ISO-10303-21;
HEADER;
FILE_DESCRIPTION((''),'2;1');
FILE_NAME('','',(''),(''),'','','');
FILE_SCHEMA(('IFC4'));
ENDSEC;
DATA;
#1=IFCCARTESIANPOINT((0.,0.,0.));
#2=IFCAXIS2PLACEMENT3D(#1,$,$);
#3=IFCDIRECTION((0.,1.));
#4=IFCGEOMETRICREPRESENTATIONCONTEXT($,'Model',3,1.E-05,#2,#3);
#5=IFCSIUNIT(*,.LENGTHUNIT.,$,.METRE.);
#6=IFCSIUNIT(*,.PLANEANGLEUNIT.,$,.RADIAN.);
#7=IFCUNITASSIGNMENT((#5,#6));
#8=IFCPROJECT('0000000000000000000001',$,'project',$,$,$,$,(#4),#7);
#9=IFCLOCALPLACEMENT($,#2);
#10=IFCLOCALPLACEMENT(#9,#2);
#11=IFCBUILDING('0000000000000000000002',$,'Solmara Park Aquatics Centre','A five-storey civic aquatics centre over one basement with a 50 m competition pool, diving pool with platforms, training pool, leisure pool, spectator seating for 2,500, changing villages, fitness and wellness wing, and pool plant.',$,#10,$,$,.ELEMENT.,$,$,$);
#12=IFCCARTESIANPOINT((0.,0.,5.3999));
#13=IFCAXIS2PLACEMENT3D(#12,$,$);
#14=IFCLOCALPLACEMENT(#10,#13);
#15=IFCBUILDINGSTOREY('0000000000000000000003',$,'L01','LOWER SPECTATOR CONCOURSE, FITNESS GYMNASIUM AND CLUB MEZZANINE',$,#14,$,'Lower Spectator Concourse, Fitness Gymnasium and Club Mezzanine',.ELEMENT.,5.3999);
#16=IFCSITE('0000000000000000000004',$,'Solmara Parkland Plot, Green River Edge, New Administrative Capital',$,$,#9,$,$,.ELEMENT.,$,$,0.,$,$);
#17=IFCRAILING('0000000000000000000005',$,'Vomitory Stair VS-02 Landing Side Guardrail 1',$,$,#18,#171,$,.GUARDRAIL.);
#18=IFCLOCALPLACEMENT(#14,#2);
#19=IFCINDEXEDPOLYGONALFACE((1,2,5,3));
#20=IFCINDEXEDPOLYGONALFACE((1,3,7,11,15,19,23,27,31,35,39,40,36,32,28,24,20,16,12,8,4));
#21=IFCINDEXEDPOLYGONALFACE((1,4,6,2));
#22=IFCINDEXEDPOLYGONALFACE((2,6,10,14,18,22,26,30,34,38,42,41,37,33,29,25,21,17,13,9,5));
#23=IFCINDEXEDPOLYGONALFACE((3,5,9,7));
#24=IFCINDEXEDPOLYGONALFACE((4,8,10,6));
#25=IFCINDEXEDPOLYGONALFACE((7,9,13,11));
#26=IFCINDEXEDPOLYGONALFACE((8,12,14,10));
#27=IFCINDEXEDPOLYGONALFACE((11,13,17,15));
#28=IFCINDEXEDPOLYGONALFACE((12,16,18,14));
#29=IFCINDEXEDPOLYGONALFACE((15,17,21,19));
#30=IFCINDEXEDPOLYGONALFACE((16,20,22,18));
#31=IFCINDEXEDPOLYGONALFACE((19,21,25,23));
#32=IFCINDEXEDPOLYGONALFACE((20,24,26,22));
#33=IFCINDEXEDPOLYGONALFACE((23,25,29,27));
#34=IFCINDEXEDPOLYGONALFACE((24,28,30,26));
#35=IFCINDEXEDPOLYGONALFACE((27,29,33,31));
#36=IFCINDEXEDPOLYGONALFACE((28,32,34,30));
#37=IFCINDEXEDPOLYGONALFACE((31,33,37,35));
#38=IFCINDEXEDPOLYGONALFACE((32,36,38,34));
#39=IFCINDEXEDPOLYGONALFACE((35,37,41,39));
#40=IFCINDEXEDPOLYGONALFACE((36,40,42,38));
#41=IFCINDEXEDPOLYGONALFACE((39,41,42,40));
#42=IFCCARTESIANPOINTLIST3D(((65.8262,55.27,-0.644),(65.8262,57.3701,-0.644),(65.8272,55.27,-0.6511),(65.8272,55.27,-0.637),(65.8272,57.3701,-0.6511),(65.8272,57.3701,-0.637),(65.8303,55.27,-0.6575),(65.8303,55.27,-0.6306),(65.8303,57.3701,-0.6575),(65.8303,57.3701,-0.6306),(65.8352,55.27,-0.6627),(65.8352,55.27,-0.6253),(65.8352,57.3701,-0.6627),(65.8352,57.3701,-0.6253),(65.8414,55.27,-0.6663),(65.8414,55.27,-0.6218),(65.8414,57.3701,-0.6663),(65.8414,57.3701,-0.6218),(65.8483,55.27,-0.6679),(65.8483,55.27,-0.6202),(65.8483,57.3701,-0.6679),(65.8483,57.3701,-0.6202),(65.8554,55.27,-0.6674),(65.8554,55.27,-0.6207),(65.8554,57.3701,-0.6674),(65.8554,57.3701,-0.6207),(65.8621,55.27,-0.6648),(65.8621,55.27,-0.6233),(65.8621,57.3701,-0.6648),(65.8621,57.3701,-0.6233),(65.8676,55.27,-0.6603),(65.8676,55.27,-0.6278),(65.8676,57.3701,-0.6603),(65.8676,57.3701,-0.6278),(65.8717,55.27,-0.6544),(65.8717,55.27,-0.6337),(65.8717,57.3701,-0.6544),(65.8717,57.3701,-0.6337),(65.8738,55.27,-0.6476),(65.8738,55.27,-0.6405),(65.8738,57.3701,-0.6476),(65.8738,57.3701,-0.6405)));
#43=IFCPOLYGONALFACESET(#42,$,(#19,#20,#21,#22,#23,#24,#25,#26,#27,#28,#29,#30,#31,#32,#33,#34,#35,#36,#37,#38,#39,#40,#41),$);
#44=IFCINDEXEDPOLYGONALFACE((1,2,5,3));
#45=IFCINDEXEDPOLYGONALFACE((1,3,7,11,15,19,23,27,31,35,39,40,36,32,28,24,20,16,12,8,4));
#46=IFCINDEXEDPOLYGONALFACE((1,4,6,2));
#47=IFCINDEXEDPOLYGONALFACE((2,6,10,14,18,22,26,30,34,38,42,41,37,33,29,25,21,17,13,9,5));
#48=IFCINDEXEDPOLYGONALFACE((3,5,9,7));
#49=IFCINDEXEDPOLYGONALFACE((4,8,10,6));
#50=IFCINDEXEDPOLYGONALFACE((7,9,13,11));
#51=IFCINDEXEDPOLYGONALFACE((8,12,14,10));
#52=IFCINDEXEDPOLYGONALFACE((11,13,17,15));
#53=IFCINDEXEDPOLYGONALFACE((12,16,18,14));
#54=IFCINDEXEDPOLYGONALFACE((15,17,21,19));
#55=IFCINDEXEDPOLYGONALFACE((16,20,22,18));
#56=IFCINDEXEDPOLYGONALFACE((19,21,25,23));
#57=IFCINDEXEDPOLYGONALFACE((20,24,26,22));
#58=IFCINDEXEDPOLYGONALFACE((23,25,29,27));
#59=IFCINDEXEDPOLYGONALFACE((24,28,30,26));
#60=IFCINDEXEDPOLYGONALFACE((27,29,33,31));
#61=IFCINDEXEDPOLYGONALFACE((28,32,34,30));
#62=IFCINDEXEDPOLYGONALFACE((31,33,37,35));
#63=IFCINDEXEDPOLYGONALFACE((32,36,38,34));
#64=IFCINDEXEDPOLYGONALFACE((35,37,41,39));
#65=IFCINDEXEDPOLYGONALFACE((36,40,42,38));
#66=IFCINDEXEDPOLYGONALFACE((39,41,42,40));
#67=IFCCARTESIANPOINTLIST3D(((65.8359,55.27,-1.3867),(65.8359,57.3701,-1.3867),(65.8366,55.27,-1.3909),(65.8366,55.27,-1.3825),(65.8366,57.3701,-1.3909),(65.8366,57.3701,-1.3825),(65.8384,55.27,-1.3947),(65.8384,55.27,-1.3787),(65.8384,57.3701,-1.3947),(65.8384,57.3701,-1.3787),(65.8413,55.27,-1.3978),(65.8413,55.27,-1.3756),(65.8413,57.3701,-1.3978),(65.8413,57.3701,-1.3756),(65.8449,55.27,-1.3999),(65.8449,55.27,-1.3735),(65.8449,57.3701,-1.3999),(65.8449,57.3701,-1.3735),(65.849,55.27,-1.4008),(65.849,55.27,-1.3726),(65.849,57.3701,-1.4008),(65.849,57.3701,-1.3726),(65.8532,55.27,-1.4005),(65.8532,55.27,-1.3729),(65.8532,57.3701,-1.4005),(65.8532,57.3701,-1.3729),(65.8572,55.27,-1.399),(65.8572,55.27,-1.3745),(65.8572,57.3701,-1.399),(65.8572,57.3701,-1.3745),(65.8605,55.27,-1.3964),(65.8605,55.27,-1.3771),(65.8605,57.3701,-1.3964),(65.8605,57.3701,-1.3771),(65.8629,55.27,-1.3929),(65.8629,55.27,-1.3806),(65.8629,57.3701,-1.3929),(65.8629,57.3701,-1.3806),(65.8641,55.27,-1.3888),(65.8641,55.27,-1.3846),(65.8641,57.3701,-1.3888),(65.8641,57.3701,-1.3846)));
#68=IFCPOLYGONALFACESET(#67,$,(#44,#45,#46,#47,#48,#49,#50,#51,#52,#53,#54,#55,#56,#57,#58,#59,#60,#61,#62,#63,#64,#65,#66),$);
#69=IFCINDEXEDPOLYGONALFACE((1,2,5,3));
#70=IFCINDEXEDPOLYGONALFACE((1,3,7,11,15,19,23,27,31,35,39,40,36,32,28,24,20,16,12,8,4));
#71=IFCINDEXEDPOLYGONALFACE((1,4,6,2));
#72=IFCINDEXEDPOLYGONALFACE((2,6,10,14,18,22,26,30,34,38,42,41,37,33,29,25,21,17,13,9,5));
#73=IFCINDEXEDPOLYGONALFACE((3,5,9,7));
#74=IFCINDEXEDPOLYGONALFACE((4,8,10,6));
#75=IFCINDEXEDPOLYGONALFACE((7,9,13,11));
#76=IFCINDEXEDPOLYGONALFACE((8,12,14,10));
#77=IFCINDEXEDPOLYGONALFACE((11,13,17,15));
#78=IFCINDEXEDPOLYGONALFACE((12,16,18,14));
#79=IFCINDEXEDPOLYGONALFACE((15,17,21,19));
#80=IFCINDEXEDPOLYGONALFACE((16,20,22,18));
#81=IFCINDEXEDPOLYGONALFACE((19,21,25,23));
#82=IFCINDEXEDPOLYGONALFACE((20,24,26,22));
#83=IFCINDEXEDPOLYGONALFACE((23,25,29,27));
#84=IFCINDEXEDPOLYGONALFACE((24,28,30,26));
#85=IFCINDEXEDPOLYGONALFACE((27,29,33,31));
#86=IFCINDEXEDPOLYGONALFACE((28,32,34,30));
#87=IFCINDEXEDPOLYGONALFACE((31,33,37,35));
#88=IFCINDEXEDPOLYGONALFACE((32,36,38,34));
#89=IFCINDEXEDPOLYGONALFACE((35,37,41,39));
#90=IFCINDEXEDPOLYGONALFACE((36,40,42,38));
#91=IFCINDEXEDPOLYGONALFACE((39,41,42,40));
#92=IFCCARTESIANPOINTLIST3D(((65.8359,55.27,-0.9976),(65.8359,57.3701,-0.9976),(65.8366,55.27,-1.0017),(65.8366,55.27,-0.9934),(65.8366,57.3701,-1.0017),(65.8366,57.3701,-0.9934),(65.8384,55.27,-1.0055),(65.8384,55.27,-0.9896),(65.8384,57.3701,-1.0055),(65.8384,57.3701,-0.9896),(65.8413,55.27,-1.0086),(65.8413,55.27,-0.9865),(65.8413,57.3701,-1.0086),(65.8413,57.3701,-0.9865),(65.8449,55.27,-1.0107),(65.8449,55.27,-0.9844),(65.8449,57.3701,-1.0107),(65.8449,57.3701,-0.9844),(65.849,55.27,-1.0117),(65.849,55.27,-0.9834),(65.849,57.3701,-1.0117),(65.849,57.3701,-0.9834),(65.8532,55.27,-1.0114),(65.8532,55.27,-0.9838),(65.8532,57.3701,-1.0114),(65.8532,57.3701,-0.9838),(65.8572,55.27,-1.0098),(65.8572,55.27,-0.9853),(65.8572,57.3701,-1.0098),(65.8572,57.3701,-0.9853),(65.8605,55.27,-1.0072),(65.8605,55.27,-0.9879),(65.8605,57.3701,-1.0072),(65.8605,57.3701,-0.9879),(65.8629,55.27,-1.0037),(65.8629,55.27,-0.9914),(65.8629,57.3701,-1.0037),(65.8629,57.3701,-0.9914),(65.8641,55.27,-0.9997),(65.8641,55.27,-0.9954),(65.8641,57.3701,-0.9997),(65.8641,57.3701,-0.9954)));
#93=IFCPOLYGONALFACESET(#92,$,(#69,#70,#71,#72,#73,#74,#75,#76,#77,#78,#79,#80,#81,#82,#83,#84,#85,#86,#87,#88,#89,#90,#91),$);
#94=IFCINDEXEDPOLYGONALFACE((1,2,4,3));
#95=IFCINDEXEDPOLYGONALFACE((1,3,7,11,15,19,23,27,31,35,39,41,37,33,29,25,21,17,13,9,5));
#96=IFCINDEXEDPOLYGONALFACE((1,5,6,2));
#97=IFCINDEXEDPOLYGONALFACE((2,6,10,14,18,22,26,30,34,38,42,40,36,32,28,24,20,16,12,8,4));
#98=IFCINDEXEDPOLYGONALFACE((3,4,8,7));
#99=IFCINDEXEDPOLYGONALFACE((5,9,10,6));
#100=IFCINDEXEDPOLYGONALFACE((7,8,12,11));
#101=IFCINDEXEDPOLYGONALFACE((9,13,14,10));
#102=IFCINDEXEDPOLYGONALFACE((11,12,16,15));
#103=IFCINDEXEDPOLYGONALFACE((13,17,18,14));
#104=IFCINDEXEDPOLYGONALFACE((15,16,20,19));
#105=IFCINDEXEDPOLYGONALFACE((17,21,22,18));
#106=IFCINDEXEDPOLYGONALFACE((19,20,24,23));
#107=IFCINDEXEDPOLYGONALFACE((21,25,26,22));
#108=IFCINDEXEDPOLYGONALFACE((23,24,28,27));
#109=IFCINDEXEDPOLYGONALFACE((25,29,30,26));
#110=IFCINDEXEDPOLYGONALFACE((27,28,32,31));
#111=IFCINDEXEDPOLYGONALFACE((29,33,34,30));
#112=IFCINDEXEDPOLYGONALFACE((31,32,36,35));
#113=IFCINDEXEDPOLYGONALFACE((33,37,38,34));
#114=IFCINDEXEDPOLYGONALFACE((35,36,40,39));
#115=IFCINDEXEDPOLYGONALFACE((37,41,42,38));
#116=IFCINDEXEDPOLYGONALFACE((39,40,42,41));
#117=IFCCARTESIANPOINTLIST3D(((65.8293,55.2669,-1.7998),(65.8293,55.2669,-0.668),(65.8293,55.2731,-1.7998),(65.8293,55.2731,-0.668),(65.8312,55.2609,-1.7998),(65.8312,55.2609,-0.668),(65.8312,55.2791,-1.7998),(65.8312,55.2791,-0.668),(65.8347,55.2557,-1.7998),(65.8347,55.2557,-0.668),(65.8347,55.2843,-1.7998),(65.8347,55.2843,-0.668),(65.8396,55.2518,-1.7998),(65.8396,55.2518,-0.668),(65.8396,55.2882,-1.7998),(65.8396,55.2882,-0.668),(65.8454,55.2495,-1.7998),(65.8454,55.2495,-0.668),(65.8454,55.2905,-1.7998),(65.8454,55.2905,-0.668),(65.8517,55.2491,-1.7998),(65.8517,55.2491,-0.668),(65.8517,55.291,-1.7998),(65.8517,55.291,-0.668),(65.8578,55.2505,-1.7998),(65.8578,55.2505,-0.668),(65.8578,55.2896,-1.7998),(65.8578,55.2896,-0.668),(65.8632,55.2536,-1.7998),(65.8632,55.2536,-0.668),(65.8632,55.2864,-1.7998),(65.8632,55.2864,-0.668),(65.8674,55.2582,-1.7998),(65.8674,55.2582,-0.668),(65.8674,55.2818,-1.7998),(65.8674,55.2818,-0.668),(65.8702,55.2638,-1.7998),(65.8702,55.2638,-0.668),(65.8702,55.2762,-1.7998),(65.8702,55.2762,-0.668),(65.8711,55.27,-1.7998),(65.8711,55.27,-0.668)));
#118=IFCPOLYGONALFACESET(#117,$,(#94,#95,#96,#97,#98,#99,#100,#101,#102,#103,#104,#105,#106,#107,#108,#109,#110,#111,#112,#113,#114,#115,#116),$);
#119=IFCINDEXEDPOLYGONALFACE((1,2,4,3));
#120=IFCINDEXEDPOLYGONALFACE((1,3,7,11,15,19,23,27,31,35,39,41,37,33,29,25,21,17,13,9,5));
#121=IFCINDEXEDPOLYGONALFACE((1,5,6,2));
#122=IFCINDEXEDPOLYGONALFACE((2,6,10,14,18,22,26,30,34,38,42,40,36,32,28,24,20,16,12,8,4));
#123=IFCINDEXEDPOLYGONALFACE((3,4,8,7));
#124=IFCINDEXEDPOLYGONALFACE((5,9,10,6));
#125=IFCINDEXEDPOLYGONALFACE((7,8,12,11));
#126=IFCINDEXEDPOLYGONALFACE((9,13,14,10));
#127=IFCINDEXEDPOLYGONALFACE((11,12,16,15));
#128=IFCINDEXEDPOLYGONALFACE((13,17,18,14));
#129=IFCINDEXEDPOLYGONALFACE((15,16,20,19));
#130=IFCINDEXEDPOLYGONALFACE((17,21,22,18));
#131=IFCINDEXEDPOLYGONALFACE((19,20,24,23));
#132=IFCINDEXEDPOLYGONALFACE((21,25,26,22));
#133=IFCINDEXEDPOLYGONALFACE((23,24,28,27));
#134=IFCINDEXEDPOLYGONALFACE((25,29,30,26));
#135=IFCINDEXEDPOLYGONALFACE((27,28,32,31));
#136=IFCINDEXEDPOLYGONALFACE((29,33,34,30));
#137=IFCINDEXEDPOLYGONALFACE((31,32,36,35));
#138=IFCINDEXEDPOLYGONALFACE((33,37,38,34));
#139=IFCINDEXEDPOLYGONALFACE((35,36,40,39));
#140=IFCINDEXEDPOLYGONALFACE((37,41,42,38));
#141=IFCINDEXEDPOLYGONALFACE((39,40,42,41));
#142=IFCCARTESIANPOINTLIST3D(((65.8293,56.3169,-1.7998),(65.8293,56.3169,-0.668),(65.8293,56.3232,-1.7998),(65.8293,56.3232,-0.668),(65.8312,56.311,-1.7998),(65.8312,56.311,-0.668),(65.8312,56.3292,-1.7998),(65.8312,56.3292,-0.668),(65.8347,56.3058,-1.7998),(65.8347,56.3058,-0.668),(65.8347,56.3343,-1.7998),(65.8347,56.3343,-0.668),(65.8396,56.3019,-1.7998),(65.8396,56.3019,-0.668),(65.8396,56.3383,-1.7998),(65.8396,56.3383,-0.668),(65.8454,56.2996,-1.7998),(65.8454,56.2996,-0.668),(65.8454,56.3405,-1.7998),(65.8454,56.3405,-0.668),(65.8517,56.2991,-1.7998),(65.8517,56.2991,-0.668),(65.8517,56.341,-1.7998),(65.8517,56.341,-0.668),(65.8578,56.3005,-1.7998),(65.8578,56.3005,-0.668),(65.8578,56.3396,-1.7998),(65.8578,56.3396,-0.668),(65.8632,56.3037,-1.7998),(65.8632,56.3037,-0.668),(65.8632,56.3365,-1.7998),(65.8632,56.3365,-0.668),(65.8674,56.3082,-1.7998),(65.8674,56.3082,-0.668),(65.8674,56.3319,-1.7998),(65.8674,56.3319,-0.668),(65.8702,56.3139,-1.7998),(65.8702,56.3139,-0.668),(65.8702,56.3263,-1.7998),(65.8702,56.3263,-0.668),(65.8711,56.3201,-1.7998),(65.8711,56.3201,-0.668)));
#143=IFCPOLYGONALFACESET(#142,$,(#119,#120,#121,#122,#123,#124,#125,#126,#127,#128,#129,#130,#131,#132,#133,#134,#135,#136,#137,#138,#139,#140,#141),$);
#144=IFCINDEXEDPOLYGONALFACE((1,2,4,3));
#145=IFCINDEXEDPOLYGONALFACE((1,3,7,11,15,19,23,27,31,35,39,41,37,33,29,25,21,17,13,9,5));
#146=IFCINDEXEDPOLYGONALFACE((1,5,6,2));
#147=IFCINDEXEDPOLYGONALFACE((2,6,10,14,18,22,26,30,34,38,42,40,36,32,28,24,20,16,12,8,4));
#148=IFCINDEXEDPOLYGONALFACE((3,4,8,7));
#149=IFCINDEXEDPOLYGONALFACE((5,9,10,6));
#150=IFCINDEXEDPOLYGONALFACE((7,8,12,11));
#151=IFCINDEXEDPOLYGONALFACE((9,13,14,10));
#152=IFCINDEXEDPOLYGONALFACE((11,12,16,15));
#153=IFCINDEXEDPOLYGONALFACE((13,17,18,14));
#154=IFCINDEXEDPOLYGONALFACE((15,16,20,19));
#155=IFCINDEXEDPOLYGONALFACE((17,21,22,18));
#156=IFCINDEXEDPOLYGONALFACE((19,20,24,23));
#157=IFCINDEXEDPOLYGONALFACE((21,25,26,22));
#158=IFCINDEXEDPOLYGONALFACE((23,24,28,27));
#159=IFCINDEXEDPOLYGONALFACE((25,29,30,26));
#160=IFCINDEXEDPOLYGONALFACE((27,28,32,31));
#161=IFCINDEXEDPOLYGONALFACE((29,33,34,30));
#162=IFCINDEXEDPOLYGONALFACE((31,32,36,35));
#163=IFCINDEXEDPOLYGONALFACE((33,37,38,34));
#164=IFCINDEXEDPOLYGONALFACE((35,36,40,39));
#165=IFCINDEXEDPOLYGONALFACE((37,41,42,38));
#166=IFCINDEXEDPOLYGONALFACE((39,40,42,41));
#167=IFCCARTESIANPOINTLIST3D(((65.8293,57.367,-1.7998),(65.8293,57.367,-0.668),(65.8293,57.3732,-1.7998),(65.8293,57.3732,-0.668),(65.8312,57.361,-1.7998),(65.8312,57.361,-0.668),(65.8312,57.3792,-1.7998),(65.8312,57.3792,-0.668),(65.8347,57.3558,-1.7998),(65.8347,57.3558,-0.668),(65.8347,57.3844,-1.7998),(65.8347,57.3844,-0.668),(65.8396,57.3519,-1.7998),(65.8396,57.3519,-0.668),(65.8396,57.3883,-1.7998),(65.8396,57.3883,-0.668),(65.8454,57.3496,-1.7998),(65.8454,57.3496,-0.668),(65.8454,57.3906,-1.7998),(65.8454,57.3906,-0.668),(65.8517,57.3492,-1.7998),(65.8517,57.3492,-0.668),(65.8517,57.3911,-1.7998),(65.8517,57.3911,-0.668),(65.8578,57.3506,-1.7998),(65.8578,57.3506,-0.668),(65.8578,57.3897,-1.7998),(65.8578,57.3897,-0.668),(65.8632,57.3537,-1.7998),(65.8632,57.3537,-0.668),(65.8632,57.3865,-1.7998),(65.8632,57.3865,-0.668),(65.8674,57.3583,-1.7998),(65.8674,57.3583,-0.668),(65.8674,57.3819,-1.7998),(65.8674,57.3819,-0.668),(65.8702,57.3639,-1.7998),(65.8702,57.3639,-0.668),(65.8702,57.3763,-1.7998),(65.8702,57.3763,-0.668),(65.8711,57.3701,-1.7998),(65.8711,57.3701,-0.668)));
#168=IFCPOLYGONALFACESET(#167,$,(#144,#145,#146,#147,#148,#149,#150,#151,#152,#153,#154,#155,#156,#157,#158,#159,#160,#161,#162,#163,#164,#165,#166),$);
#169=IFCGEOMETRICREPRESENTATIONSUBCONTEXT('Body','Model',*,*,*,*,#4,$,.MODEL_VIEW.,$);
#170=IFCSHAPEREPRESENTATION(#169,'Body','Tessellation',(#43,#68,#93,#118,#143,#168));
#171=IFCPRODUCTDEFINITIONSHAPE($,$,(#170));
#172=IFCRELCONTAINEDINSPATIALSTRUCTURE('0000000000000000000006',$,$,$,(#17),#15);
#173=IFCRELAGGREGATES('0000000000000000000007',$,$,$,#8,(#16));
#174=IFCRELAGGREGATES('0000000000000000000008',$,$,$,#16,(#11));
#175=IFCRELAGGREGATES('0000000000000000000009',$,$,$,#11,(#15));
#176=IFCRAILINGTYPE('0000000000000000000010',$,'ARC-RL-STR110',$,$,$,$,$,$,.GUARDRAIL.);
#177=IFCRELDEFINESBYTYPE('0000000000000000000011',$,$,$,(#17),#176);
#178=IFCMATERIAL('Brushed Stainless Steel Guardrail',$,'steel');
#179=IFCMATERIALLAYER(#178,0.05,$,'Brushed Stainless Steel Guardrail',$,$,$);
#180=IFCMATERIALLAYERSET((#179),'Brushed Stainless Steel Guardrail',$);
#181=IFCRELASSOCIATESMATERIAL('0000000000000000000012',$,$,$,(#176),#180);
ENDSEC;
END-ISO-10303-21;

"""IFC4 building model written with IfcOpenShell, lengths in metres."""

from ifc_helpers import new_model, si_unit, direction, frame, origin, origin_2d, place, context, subcontext, project, spatial, circle, extrude, material, layer, layer_set, type_object, element, save


model = new_model("IFC4")

# Units and contexts
model_context = context("Model", 3, precision=1e-05, world=origin(), true_north=direction((0.0, 1.0)))
body_context = subcontext(model_context, "Body", "Model", "MODEL_VIEW")
ifc_project = project(units=[si_unit("LENGTHUNIT", "METRE"), si_unit("PLANEANGLEUNIT", "RADIAN")], contexts=[model_context])

# Site, building, storey
site_placement = place(None, origin())
site = spatial("IfcSite", under=ifc_project, at=site_placement, Name="Solmara Parkland Plot, Green River Edge, New Administrative Capital", CompositionType="ELEMENT", RefElevation=0.0)
building_placement = place(site_placement, origin())
building = spatial("IfcBuilding", under=site, at=building_placement, Name="Solmara Park Aquatics Centre", Description="A five-storey civic aquatics centre over one basement with a 50 m competition pool, diving pool with platforms, training pool, leisure pool, spectator seating for 2,500, changing villages, fitness and wellness wing, and pool plant.", CompositionType="ELEMENT")
storey_placement = place(building_placement, frame((0.0, 0.0, 5.3999)))
storey = spatial("IfcBuildingStorey", under=building, at=storey_placement, Name="L01", Description="LOWER SPECTATOR CONCOURSE, FITNESS GYMNASIUM AND CLUB MEZZANINE", LongName="Lower Spectator Concourse, Fitness Gymnasium and Club Mezzanine", CompositionType="ELEMENT", Elevation=5.3999)

# Railing
ifc_material_1 = material(Name="Brushed Stainless Steel Guardrail", Category="steel")
ifc_layer_1 = layer(ifc_material_1, 0.05, Name="Brushed Stainless Steel Guardrail")
ifc_layer_set_1 = layer_set([ifc_layer_1], Name="Brushed Stainless Steel Guardrail")
railing_type_1 = type_object("IfcRailingType", Name="ARC-RL-STR110", PredefinedType="GUARDRAIL", material=ifc_layer_set_1)
railing_1_placement = place(storey_placement, frame((65.8501, 55.27, -1.7998)))
element("IfcRailing", 1, at=railing_1_placement, inside=storey, type_object=railing_type_1, Name="Vomitory Stair VS-02 Landing Side Guardrail 1", PredefinedType="GUARDRAIL", context=body_context, shape_type="SweptSolid", body=[
    extrude(circle(Radius=0.0239, at=origin_2d()), frame((0.0, 0.0, 1.1558), z_axis=(0.0, 1.0, 0.0), x_axis=(-1.0, 0.0, 0.0)), (0.0, 0.0, 1.0), 2.1001),
    extrude(circle(Radius=0.0142, at=origin_2d()), frame((0.0, 0.0, 0.4131), z_axis=(0.0, 1.0, 0.0), x_axis=(-1.0, 0.0, 0.0)), (0.0, 0.0, 1.0), 2.1001),
    extrude(circle(Radius=0.0142, at=origin_2d()), frame((0.0, 0.0, 0.8022), z_axis=(0.0, 1.0, 0.0), x_axis=(-1.0, 0.0, 0.0)), (0.0, 0.0, 1.0), 2.1001),
    extrude(circle(Radius=0.021, at=origin_2d()), origin(), (0.0, 0.0, 1.0), 1.1318),
    extrude(circle(Radius=0.021, at=origin_2d()), frame((0.0, 1.05, 0.0)), (0.0, 0.0, 1.0), 1.1318),
    extrude(circle(Radius=0.021, at=origin_2d()), frame((0.0, 2.1001, 0.0)), (0.0, 0.0, 1.0), 1.1318),
])

save(model, "model.ifc")
